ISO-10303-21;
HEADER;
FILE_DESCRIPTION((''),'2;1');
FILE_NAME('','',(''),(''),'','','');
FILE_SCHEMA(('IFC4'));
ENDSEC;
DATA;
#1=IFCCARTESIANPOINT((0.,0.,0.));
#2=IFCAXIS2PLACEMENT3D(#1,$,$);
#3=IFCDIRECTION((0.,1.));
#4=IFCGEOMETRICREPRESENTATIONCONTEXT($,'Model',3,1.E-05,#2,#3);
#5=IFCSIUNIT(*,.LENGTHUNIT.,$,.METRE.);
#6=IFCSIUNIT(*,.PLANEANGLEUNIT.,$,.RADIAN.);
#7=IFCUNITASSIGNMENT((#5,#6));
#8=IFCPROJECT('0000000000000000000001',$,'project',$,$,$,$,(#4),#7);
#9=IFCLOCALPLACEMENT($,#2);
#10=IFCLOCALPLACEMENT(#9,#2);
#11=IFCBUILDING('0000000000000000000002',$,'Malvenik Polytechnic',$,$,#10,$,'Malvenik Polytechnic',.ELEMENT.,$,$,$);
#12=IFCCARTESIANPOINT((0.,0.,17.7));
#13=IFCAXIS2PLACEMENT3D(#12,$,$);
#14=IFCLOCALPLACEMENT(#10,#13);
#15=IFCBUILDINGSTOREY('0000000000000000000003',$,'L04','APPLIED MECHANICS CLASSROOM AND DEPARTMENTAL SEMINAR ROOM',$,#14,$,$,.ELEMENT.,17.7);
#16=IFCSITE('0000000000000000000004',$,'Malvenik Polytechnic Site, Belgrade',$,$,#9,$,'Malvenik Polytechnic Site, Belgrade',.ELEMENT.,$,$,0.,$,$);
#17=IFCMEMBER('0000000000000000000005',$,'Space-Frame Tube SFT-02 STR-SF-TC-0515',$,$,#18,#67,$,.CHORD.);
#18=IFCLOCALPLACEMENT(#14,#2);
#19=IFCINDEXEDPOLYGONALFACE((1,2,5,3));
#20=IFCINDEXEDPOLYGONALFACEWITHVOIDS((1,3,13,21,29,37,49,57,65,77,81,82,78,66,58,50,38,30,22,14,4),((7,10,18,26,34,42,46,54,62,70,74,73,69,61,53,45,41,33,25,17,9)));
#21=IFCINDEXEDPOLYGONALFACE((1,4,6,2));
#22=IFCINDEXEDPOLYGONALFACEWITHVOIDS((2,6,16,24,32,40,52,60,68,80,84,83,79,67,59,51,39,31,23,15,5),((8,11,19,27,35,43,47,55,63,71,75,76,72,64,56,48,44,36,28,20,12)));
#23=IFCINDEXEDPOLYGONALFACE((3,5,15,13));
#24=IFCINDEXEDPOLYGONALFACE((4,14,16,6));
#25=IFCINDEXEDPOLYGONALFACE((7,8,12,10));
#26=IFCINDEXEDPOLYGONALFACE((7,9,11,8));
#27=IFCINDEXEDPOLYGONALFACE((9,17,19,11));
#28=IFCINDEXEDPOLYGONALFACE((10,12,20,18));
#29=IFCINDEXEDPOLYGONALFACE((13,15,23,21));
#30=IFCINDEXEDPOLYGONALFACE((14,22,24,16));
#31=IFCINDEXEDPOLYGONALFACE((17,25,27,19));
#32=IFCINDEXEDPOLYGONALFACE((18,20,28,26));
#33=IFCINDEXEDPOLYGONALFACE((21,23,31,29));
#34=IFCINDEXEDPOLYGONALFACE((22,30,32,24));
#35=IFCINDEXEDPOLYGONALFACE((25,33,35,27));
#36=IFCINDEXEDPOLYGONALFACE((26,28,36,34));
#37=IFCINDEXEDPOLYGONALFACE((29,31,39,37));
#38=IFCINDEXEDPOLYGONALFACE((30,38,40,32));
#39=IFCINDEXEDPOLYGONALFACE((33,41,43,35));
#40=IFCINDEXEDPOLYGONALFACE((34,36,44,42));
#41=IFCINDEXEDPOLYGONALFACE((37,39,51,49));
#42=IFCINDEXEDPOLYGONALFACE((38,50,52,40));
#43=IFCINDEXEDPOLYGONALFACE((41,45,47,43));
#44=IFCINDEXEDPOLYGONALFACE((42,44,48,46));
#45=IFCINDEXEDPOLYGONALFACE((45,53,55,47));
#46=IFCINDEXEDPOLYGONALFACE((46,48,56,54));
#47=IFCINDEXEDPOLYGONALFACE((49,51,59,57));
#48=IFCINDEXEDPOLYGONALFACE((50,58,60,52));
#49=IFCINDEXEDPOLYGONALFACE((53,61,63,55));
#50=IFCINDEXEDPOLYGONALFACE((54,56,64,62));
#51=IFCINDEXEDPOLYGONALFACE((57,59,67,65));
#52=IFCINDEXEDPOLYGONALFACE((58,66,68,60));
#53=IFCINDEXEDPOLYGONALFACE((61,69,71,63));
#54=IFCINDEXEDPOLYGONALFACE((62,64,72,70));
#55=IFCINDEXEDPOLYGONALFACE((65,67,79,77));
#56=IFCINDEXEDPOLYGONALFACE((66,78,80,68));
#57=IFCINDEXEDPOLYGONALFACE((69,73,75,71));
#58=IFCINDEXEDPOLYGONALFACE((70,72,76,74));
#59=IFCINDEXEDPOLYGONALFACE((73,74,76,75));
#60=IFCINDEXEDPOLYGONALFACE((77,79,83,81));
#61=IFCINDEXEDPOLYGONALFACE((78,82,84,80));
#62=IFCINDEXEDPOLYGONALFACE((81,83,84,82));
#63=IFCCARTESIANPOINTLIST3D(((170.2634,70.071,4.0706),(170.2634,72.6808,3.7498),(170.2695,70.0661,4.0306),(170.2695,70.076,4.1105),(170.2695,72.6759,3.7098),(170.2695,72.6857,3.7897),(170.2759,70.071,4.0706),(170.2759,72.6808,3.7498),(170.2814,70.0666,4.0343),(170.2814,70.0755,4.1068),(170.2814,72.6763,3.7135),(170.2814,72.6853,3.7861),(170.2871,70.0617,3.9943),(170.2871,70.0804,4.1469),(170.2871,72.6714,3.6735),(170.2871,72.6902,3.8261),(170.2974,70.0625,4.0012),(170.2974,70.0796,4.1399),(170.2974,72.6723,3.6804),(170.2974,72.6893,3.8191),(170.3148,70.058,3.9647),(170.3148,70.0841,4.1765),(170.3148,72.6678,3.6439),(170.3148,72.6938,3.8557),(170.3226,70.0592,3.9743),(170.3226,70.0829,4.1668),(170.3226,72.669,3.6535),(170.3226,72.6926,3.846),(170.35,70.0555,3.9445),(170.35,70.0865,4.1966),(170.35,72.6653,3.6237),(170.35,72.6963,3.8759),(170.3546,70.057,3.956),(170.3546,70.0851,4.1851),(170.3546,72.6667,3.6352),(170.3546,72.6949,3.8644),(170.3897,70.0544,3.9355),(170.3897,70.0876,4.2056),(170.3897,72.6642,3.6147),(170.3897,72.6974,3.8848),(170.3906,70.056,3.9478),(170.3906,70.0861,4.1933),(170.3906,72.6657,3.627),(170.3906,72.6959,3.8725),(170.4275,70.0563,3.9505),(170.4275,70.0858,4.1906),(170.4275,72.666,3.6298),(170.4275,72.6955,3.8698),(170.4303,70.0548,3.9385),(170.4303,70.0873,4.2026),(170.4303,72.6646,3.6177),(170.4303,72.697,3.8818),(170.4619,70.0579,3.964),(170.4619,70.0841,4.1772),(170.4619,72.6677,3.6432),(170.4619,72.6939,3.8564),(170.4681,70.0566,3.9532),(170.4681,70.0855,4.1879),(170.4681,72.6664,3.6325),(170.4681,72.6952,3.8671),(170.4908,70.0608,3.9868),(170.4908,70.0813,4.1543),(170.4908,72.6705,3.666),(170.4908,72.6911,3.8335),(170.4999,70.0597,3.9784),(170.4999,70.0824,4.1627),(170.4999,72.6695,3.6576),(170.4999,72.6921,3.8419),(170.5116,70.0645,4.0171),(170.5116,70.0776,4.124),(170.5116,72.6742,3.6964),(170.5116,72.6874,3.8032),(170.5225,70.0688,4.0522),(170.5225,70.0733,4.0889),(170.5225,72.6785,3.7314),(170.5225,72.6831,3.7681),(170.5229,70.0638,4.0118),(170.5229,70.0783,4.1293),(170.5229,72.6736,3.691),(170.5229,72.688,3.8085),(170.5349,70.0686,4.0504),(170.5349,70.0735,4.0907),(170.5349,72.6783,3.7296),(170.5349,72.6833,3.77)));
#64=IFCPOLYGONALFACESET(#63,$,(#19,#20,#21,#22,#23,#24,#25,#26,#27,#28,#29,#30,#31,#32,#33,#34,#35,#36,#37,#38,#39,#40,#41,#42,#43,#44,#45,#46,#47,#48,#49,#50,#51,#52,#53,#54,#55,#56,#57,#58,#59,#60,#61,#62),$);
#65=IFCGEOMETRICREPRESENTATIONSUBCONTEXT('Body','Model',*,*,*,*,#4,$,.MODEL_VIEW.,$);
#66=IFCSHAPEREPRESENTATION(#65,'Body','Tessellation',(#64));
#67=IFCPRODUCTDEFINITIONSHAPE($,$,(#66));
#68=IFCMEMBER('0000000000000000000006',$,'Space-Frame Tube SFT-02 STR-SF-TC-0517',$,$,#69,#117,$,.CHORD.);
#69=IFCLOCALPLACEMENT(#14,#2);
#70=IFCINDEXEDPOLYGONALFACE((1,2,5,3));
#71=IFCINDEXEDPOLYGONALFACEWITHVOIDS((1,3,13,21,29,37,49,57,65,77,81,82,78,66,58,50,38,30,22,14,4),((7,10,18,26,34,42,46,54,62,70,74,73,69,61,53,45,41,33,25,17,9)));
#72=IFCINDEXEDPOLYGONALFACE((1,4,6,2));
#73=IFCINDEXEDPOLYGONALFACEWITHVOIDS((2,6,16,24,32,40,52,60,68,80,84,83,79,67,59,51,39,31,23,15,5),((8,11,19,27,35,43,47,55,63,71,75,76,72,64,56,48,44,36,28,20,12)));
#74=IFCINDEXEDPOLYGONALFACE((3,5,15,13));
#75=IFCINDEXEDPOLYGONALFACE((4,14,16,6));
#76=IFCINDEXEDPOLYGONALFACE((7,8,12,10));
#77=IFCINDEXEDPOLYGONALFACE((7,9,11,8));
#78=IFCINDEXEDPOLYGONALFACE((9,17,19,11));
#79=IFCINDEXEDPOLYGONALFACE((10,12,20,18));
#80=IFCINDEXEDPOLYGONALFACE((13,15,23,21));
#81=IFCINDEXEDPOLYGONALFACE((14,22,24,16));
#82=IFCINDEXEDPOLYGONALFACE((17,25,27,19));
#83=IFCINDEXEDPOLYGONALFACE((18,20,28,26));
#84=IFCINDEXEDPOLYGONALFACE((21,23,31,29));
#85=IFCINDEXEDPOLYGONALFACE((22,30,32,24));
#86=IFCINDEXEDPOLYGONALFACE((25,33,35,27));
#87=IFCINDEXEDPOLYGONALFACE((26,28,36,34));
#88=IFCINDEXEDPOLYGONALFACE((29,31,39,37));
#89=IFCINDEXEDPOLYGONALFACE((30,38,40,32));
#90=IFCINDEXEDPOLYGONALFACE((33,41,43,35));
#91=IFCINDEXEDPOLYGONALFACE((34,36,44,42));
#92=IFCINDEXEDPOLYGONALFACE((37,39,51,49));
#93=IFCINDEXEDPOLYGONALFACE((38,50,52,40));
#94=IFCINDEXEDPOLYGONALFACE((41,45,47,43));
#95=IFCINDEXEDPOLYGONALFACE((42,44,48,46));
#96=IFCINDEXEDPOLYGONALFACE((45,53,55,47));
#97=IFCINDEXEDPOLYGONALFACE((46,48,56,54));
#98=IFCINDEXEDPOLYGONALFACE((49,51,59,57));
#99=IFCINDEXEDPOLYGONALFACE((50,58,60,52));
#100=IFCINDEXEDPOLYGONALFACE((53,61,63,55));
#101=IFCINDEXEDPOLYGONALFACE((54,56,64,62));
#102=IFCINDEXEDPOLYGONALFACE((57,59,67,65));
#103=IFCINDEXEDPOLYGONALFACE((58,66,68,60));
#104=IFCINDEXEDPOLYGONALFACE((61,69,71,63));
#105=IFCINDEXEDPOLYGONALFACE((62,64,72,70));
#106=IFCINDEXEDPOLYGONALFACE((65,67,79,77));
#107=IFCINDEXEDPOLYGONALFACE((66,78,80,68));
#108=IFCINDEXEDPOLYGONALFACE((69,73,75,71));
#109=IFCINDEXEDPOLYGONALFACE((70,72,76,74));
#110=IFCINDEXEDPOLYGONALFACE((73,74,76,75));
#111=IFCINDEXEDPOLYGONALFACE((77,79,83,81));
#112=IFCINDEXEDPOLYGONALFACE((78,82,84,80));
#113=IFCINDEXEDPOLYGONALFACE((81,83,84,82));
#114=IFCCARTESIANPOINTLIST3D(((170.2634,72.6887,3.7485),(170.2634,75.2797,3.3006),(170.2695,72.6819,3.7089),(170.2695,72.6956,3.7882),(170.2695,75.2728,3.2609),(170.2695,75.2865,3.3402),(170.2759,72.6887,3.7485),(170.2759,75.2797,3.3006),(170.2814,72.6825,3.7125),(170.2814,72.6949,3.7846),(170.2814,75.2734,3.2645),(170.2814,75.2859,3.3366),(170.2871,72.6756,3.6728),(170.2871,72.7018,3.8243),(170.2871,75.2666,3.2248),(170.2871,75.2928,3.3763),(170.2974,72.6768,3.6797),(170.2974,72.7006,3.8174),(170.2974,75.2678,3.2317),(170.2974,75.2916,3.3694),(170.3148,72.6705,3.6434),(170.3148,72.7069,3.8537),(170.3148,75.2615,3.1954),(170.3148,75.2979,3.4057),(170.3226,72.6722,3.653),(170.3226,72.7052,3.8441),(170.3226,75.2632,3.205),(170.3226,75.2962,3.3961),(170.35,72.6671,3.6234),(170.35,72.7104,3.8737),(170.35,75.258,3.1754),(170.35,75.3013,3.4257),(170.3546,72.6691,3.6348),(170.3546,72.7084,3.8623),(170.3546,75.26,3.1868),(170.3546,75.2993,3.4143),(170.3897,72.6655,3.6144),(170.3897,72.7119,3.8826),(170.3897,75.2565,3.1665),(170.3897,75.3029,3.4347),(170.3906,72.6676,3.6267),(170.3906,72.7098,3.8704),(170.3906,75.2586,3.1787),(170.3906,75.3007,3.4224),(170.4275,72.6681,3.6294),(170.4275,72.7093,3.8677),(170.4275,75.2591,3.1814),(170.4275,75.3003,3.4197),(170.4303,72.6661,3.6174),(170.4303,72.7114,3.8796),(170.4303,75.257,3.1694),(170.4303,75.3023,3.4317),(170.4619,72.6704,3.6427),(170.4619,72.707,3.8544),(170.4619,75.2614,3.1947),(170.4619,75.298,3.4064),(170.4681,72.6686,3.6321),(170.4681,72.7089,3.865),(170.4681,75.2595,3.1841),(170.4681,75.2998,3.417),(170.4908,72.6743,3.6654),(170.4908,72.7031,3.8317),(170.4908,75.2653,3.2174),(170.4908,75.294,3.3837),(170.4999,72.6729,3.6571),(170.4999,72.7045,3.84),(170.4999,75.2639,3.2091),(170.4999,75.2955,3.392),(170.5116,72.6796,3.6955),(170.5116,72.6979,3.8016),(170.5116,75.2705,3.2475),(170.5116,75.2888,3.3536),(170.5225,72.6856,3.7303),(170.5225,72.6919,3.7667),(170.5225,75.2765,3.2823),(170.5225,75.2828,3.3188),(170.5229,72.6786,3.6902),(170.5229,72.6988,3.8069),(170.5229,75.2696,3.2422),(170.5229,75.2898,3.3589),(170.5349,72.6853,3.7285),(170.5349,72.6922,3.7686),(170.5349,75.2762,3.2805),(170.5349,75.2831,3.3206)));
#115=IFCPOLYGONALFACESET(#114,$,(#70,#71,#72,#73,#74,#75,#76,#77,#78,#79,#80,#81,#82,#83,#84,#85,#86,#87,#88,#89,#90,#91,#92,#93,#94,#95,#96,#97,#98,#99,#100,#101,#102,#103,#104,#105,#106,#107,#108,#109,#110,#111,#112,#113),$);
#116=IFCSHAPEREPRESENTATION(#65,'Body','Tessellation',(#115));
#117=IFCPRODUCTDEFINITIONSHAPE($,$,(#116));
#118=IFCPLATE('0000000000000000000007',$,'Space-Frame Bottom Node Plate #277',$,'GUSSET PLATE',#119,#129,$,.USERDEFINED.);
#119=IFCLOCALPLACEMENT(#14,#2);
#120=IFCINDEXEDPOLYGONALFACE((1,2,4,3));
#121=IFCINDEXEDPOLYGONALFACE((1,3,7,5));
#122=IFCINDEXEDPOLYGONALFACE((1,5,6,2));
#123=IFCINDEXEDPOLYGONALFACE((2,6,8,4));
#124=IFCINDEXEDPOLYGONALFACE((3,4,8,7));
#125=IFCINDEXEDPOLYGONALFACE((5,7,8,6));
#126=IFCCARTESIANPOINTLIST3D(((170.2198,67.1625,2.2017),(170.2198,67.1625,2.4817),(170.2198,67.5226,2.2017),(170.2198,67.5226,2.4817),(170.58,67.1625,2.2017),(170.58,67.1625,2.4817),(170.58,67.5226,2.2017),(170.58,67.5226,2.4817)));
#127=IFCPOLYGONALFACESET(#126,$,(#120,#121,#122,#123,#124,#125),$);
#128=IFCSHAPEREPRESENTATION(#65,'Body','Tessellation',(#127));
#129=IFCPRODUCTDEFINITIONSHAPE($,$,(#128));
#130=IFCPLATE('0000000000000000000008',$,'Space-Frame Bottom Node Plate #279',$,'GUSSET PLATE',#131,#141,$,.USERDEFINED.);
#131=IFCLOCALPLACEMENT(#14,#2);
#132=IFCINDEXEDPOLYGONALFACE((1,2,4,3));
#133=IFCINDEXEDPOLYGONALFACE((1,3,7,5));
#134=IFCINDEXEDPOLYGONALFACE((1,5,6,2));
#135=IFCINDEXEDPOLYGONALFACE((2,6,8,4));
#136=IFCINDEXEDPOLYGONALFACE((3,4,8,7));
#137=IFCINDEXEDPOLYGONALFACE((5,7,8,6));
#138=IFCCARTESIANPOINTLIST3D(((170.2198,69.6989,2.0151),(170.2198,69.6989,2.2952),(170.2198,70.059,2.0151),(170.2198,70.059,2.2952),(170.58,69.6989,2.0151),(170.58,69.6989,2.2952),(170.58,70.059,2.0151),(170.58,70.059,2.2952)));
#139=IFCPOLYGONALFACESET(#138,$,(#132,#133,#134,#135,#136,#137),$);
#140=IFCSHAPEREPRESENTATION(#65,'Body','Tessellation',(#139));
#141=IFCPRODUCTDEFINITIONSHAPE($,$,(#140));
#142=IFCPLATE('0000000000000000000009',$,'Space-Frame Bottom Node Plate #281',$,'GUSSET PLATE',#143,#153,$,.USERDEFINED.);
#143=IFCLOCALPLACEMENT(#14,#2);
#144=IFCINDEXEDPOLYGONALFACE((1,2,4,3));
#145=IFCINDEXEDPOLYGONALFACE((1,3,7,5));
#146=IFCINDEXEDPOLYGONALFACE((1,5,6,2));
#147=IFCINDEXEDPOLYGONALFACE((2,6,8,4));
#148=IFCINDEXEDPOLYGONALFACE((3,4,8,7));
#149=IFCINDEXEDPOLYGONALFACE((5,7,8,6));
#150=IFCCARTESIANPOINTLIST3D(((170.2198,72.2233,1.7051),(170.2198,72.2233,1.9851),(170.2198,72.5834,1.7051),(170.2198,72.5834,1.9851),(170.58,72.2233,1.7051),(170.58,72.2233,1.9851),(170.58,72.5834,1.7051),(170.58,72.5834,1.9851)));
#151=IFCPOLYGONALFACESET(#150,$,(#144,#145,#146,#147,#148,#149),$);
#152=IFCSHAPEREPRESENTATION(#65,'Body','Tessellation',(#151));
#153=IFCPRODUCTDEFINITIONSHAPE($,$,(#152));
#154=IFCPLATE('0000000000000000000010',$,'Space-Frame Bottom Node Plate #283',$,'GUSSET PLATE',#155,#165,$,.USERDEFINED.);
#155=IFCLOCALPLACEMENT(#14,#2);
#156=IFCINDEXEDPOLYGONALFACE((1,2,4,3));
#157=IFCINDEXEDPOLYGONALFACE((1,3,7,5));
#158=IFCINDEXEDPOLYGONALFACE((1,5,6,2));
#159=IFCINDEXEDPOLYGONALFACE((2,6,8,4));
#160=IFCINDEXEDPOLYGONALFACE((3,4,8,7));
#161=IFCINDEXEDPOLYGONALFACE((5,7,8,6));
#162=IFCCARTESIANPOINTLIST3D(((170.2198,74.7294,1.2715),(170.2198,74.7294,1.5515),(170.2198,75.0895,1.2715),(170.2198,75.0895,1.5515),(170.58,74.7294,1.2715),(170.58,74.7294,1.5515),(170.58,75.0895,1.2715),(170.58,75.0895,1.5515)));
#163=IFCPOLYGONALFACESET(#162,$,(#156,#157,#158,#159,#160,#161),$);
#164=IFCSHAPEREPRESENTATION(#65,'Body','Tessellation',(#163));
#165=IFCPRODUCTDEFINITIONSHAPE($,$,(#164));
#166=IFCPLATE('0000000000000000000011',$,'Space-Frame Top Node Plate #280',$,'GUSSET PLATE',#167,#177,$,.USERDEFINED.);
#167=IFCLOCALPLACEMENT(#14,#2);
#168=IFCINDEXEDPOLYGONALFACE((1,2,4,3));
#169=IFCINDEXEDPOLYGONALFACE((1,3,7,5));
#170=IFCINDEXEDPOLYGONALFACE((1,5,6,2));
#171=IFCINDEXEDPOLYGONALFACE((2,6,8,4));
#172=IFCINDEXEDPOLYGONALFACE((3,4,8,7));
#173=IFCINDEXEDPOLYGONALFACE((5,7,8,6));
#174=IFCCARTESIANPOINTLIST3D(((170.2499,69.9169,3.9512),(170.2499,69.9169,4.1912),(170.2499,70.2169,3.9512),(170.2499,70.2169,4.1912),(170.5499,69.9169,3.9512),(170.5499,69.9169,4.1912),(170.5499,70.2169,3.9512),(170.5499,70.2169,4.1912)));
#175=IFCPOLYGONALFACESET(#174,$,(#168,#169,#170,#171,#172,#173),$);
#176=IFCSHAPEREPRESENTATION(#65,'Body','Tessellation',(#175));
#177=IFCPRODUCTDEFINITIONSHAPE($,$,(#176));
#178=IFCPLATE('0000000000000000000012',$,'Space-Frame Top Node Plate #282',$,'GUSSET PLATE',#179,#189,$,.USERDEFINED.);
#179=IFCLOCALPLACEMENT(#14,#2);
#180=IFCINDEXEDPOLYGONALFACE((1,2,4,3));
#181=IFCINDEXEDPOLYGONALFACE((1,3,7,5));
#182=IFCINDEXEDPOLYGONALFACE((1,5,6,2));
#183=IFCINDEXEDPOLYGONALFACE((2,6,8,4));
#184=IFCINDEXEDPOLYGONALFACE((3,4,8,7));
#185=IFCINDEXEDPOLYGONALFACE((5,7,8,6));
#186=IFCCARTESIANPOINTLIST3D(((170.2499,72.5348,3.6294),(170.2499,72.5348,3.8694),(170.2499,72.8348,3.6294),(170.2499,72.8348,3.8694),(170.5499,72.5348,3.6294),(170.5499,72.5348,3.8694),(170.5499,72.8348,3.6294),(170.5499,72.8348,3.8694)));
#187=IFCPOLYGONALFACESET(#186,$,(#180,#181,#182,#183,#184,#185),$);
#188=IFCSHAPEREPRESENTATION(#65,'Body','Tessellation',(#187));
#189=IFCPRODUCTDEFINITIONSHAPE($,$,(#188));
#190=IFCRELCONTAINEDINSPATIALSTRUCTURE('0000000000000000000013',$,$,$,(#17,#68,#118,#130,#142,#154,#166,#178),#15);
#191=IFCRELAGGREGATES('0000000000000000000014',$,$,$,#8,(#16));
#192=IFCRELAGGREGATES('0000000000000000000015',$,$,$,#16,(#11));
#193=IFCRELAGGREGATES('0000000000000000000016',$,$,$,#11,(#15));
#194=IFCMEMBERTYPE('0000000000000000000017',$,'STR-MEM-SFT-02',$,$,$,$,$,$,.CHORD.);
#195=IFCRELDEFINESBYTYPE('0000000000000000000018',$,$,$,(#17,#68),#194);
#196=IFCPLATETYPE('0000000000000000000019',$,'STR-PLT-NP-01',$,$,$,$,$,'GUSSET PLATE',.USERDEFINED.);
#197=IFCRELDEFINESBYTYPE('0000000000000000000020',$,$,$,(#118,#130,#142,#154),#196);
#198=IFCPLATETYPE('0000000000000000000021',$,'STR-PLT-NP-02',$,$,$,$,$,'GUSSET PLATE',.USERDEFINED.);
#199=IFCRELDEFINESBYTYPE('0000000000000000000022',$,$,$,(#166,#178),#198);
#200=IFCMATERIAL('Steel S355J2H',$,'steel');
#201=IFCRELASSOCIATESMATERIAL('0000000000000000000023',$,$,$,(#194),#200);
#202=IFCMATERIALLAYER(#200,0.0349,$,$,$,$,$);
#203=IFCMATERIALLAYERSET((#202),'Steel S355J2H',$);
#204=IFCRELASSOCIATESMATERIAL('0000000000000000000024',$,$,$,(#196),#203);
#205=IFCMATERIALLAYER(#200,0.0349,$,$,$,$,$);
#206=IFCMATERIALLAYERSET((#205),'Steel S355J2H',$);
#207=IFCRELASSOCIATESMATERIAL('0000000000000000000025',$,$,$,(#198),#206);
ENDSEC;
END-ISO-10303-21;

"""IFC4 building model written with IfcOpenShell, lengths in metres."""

from ifc_helpers import new_model, si_unit, direction, frame, origin, origin_2d, place, context, subcontext, project, spatial, rectangle, hollow_circle, extrude, material, layer, layer_set, material_profile, profile_set, type_object, element, save


model = new_model("IFC4")

# Units and contexts
model_context = context("Model", 3, precision=1e-05, world=origin(), true_north=direction((0.0, 1.0)))
body_context = subcontext(model_context, "Body", "Model", "MODEL_VIEW")
ifc_project = project(units=[si_unit("LENGTHUNIT", "METRE"), si_unit("PLANEANGLEUNIT", "RADIAN")], contexts=[model_context])

# Site, building, storey
site_placement = place(None, origin())
site = spatial("IfcSite", under=ifc_project, at=site_placement, Name="Malvenik Polytechnic Site, Belgrade", LongName="Malvenik Polytechnic Site, Belgrade", CompositionType="ELEMENT", RefElevation=0.0)
building_placement = place(site_placement, origin())
building = spatial("IfcBuilding", under=site, at=building_placement, Name="Malvenik Polytechnic", LongName="Malvenik Polytechnic", CompositionType="ELEMENT")
storey_placement = place(building_placement, frame((0.0, 0.0, 17.7)))
storey = spatial("IfcBuildingStorey", under=building, at=storey_placement, Name="L04", Description="APPLIED MECHANICS CLASSROOM AND DEPARTMENTAL SEMINAR ROOM", CompositionType="ELEMENT", Elevation=17.7)

# Members
ifc_material_1 = material(Name="Steel S355J2H", Category="steel")
ifc_material_profile_1 = material_profile(ifc_material_1, hollow_circle(Radius=0.1365, WallThickness=0.0125, at=origin_2d()), Name="CHS 273.0x12.5")
ifc_profile_set_1 = profile_set([ifc_material_profile_1], Name="Steel S355J2H")
member_type_1 = type_object("IfcMemberType", Name="STR-MEM-SFT-02", PredefinedType="CHORD", material=ifc_profile_set_1)
for number, where, z_axis, x_axis, name in (
    (1, (170.3999, 70.071, 4.0706), (0.0, 0.99253, -0.122), (-1.0, 0.0, 0.0), "Space-Frame Tube SFT-02 STR-SF-TC-0515"),
    (2, (170.3999, 72.6887, 3.7485), (0.0, 0.98538, -0.170373), (-1.0, 0.0, 0.0), "Space-Frame Tube SFT-02 STR-SF-TC-0517"),
):
    element("IfcMember", number, at=place(storey_placement, frame(where, z_axis=z_axis, x_axis=x_axis)), inside=storey, type_object=member_type_1, Name=name, PredefinedType="CHORD", context=body_context, shape_type="SweptSolid", body=[
        extrude(hollow_circle(Radius=0.1365, WallThickness=0.0125, at=origin_2d()), origin(), (0.0, 0.0, 1.0), 2.6294),
    ])

# Plates
ifc_layer_1 = layer(ifc_material_1, 0.0349)
ifc_layer_set_1 = layer_set([ifc_layer_1], Name="Steel S355J2H")
plate_type_1 = type_object("IfcPlateType", Name="STR-PLT-NP-01", ElementType="GUSSET PLATE", PredefinedType="USERDEFINED", material=ifc_layer_set_1)
for number, where, z_axis, x_axis, name in (
    (3, (170.3999, 67.3425, 2.2017), (0.0, 0.0, 1.0), (1.0, 0.0, 0.0), "Space-Frame Bottom Node Plate #277"),
    (4, (170.3999, 69.8789, 2.0151), (0.0, 0.0, 1.0), (1.0, 0.0, 0.0), "Space-Frame Bottom Node Plate #279"),
    (5, (170.3999, 72.4033, 1.7051), (0.0, 0.0, 1.0), (1.0, 0.0, 0.0), "Space-Frame Bottom Node Plate #281"),
    (6, (170.3999, 74.9094, 1.2715), (0.0, 0.0, 1.0), (1.0, 0.0, 0.0), "Space-Frame Bottom Node Plate #283"),
):
    element("IfcPlate", number, at=place(storey_placement, frame(where, z_axis=z_axis, x_axis=x_axis)), inside=storey, type_object=plate_type_1, Name=name, ObjectType="GUSSET PLATE", PredefinedType="USERDEFINED", context=body_context, shape_type="SweptSolid", body=[
        extrude(rectangle(XDim=0.3601, YDim=0.3601, at=origin_2d()), origin(), (0.0, 0.0, 1.0), 0.28),
    ])
ifc_layer_2 = layer(ifc_material_1, 0.0349)
ifc_layer_set_2 = layer_set([ifc_layer_2], Name="Steel S355J2H")
plate_type_2 = type_object("IfcPlateType", Name="STR-PLT-NP-02", ElementType="GUSSET PLATE", PredefinedType="USERDEFINED", material=ifc_layer_set_2)
for number, where, z_axis, x_axis, name in (
    (7, (170.3999, 70.0669, 3.9512), (0.0, 0.0, 1.0), (1.0, 0.0, 0.0), "Space-Frame Top Node Plate #280"),
    (8, (170.3999, 72.6848, 3.6294), (0.0, 0.0, 1.0), (1.0, 0.0, 0.0), "Space-Frame Top Node Plate #282"),
):
    element("IfcPlate", number, at=place(storey_placement, frame(where, z_axis=z_axis, x_axis=x_axis)), inside=storey, type_object=plate_type_2, Name=name, ObjectType="GUSSET PLATE", PredefinedType="USERDEFINED", context=body_context, shape_type="SweptSolid", body=[
        extrude(rectangle(XDim=0.3, YDim=0.3, at=origin_2d()), origin(), (0.0, 0.0, 1.0), 0.24),
    ])

save(model, "model.ifc")
